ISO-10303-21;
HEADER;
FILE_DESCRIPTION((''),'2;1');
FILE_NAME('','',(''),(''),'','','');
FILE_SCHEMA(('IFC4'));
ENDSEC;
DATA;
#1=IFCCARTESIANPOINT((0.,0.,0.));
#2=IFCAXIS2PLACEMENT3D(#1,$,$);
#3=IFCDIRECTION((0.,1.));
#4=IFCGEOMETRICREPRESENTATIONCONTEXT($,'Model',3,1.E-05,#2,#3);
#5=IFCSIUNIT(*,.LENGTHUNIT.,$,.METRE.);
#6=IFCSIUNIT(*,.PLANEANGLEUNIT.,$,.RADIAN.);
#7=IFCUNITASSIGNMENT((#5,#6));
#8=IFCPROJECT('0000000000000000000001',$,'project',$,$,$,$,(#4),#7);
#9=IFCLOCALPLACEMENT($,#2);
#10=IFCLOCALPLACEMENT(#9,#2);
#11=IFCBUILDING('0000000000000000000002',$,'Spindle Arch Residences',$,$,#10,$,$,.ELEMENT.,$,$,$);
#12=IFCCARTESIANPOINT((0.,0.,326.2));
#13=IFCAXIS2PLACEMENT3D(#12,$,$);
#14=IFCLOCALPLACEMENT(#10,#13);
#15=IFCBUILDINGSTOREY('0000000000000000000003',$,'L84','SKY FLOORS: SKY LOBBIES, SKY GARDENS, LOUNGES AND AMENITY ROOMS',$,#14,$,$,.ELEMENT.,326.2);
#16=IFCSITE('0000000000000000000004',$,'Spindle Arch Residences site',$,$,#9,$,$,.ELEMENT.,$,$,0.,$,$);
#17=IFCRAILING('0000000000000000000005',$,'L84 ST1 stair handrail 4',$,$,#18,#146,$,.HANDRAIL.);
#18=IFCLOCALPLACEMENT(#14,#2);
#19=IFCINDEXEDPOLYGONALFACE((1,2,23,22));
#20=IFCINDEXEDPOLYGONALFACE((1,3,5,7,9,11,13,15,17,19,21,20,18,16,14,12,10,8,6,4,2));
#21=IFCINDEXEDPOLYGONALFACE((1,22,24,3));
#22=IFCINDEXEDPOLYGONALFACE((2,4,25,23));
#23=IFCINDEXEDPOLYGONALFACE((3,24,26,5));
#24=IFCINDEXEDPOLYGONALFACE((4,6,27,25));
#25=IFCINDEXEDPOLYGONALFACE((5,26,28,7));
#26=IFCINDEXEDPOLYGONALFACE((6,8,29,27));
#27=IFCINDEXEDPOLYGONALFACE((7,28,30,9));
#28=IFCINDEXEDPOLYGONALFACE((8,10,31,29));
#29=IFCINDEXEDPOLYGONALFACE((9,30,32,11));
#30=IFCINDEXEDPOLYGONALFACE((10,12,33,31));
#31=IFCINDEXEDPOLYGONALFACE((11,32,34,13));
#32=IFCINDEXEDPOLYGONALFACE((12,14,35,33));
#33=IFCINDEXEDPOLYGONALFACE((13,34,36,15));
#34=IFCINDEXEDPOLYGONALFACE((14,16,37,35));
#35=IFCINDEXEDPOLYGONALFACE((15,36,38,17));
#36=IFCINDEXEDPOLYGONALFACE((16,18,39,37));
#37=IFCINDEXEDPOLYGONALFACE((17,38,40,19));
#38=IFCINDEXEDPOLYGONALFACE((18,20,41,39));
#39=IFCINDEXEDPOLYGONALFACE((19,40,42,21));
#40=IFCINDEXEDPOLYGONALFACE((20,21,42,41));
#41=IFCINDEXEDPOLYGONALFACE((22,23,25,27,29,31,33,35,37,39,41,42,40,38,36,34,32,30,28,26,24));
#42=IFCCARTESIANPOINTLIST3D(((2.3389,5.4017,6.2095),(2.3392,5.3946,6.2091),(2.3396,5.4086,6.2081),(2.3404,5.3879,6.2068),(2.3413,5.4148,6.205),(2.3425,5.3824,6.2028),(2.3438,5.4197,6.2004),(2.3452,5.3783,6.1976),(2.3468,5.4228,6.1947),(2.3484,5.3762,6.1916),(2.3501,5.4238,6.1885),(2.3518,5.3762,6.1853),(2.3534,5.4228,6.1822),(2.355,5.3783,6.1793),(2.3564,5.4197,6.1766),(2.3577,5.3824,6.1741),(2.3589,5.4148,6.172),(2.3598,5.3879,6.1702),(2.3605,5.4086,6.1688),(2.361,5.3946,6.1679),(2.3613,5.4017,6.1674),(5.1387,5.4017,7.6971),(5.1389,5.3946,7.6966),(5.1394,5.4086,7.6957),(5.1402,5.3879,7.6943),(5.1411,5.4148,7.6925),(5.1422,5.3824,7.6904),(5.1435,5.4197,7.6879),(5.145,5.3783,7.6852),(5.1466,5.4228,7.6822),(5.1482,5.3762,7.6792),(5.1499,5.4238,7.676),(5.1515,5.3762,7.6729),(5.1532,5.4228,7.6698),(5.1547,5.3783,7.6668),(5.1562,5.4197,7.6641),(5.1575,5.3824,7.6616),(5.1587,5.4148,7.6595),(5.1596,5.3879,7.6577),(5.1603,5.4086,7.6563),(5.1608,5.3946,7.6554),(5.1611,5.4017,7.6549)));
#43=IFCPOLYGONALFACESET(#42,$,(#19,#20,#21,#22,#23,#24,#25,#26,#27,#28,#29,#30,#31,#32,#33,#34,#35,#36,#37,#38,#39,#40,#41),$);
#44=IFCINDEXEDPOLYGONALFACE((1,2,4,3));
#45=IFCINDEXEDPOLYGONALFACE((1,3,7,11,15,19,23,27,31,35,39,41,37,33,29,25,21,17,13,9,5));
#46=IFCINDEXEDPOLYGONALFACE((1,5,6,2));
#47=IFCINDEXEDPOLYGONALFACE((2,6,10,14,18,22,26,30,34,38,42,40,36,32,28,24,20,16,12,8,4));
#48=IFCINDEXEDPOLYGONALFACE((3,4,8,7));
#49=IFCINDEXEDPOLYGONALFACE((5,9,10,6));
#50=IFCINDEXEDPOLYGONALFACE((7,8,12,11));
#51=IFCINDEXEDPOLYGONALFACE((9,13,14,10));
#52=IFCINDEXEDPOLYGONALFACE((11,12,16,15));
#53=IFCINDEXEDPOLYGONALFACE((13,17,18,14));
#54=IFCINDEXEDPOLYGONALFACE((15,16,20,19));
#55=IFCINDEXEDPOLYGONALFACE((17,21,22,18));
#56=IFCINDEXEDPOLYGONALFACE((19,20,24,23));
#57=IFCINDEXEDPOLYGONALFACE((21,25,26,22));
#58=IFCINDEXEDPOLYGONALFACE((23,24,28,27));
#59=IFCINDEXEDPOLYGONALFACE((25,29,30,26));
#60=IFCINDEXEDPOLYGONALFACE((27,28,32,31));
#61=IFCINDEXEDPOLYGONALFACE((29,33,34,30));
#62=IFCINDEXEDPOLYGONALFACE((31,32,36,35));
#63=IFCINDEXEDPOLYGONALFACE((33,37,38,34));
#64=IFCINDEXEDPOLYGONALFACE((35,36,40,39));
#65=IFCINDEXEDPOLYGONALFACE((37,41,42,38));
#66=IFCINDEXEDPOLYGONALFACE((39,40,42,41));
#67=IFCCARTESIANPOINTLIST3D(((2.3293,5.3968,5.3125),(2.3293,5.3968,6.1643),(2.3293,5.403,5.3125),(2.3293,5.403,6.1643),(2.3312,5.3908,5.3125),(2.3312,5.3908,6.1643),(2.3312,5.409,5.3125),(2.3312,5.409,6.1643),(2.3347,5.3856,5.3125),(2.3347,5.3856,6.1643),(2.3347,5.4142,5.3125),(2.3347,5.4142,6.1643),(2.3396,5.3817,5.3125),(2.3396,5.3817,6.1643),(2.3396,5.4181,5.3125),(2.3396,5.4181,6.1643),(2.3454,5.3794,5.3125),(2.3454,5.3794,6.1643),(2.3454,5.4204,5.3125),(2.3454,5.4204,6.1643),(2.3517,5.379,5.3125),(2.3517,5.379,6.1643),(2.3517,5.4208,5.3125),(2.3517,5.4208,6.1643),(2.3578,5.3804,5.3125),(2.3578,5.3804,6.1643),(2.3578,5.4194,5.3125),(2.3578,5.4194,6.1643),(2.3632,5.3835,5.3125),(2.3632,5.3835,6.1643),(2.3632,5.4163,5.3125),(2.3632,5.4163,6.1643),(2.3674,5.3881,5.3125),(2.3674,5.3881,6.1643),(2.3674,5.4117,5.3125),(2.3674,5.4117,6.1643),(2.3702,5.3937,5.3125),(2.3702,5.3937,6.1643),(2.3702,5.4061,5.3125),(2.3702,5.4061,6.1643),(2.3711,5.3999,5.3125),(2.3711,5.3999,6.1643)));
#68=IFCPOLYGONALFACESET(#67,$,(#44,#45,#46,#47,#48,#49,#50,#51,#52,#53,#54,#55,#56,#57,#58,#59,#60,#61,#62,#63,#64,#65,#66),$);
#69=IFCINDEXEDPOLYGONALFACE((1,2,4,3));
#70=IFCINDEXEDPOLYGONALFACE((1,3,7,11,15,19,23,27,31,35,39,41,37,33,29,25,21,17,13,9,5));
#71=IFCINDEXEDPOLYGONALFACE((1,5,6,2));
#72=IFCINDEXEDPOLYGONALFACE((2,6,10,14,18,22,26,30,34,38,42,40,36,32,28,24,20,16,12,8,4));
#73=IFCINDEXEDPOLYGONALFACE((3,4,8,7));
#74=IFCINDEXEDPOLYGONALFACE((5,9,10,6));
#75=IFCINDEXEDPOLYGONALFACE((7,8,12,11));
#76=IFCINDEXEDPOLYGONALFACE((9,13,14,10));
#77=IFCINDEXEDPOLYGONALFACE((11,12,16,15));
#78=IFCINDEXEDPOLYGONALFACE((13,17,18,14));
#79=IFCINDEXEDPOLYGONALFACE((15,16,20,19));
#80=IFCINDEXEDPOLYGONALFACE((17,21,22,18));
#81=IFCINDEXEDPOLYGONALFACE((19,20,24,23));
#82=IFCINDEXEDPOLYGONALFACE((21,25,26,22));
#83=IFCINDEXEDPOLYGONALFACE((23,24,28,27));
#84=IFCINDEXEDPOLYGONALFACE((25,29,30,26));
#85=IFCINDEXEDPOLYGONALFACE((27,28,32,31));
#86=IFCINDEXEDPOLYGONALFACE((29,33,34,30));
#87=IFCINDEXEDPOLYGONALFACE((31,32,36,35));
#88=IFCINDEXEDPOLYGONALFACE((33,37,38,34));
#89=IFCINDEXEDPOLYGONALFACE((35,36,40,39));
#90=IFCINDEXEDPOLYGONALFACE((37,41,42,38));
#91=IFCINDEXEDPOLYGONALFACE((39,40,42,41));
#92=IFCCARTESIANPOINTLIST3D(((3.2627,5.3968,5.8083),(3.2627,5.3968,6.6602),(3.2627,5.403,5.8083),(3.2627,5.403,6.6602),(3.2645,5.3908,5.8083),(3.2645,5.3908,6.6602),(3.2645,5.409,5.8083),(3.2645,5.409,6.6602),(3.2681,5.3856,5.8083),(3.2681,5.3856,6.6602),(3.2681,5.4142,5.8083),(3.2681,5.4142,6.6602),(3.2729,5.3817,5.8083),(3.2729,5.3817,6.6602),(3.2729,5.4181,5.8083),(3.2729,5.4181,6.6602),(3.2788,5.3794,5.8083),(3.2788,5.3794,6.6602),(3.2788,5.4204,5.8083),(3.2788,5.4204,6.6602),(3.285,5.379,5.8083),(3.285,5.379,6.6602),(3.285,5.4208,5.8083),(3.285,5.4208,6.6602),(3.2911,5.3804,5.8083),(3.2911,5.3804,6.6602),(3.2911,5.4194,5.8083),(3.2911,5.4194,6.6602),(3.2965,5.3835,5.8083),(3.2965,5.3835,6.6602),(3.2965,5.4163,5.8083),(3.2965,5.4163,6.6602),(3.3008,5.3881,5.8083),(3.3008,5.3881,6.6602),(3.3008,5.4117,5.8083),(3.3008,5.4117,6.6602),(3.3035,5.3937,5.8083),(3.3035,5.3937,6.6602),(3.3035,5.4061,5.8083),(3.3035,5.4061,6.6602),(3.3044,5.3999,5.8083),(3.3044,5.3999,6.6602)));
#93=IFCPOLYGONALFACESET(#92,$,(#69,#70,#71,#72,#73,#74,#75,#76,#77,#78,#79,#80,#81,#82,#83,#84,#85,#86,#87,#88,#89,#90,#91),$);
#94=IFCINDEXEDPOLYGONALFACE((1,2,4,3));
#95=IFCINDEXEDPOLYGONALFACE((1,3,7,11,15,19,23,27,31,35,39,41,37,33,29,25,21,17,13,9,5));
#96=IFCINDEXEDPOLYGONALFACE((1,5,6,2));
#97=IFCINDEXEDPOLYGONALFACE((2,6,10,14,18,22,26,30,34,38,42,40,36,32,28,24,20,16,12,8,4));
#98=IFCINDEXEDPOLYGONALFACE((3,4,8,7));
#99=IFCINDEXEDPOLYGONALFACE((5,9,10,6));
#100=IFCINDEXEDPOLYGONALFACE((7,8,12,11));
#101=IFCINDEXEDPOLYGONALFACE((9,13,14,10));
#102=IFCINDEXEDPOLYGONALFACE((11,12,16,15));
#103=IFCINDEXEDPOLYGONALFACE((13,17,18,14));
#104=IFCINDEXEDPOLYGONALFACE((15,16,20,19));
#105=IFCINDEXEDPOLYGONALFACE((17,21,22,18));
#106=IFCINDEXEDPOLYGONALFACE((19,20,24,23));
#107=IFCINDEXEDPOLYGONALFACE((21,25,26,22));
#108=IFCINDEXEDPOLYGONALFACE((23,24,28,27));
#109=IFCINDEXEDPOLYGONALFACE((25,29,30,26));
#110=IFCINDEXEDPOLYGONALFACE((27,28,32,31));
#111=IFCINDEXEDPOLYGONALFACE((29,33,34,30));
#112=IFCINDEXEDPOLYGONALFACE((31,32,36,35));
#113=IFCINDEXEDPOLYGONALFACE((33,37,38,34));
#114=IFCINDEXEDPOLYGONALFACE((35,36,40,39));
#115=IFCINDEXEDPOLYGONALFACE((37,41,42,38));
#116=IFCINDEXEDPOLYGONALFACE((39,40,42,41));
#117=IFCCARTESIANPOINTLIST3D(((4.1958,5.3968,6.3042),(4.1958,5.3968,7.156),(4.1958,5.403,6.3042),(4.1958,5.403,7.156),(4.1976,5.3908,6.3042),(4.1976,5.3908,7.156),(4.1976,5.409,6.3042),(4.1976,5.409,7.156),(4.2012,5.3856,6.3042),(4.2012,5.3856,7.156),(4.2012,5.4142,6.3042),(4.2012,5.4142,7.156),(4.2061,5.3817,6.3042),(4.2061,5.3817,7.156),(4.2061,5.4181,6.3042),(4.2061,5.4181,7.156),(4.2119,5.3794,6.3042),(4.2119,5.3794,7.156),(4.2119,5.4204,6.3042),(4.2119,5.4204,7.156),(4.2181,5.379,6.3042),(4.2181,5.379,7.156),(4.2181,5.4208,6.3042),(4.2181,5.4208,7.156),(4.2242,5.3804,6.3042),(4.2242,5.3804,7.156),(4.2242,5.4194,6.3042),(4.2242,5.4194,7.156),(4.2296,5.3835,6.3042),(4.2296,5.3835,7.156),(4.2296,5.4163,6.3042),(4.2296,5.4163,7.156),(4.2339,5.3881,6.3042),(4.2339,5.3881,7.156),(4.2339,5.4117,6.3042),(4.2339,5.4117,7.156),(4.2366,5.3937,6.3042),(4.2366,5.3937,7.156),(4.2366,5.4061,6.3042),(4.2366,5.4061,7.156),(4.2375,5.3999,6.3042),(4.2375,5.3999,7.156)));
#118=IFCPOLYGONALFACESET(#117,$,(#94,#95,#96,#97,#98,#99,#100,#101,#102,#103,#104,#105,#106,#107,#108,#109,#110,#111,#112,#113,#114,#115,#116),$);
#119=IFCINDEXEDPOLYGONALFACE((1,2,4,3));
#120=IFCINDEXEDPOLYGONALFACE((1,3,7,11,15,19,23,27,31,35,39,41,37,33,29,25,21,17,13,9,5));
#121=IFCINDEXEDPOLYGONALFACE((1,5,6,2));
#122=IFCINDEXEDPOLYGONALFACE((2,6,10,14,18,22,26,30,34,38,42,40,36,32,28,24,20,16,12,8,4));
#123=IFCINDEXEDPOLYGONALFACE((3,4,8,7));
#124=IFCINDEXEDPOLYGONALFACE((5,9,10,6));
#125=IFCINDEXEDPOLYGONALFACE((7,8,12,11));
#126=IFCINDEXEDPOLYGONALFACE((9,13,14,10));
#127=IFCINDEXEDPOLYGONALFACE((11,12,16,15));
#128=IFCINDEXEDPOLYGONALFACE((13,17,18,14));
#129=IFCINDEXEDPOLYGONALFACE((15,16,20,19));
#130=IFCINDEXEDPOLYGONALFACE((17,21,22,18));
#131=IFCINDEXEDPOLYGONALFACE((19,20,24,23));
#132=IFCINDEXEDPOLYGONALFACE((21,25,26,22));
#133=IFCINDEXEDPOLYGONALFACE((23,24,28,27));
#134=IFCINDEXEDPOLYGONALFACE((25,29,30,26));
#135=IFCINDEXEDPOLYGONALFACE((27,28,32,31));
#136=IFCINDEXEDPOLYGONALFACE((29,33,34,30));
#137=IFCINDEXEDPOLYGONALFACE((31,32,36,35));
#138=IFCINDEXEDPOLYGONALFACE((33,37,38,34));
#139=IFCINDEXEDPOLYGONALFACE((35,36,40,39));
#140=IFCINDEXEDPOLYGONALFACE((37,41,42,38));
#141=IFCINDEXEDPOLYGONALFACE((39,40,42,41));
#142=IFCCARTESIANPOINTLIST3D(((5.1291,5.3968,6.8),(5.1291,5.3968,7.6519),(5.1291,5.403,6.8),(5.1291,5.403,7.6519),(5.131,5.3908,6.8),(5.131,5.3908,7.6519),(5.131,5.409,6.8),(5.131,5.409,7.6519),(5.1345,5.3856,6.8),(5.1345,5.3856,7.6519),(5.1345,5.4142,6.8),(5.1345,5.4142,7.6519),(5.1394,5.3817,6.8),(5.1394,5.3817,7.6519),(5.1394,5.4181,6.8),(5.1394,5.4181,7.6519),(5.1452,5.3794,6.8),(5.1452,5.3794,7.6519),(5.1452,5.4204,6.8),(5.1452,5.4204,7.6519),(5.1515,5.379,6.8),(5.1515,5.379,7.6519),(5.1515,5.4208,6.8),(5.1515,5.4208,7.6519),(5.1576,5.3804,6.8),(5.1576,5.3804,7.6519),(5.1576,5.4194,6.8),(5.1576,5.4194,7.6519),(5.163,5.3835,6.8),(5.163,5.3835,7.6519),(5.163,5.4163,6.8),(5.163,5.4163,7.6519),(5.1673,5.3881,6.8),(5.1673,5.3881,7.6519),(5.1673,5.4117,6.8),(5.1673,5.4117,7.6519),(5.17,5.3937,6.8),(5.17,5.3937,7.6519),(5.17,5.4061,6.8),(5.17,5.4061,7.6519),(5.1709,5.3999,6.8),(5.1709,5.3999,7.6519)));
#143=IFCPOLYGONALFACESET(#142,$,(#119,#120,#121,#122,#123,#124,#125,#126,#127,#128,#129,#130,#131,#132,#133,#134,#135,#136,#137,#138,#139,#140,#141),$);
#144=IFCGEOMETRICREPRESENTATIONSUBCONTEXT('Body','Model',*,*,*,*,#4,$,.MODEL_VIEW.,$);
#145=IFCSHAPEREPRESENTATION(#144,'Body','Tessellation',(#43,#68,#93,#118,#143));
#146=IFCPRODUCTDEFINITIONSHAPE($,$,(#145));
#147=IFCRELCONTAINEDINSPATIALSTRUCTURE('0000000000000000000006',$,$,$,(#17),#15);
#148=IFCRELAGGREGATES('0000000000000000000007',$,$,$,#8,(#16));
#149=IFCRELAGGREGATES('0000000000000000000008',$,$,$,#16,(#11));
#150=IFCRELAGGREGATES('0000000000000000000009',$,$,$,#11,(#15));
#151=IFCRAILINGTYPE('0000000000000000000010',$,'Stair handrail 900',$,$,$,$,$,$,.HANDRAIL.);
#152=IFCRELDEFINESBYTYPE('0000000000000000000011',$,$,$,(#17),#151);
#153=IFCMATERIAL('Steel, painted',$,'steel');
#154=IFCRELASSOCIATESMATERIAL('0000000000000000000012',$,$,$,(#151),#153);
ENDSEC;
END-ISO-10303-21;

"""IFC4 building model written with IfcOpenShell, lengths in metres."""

from ifc_helpers import new_model, si_unit, direction, frame, origin, origin_2d, place, context, subcontext, project, spatial, circle, extrude, material, type_object, element, save


model = new_model("IFC4")

# Units and contexts
model_context = context("Model", 3, precision=1e-05, world=origin(), true_north=direction((0.0, 1.0)))
body_context = subcontext(model_context, "Body", "Model", "MODEL_VIEW")
ifc_project = project(units=[si_unit("LENGTHUNIT", "METRE"), si_unit("PLANEANGLEUNIT", "RADIAN")], contexts=[model_context])

# Site, building, storey
site_placement = place(None, origin())
site = spatial("IfcSite", under=ifc_project, at=site_placement, Name="Spindle Arch Residences site", CompositionType="ELEMENT", RefElevation=0.0)
building_placement = place(site_placement, origin())
building = spatial("IfcBuilding", under=site, at=building_placement, Name="Spindle Arch Residences", CompositionType="ELEMENT")
storey_placement = place(building_placement, frame((0.0, 0.0, 326.2)))
storey = spatial("IfcBuildingStorey", under=building, at=storey_placement, Name="L84", Description="SKY FLOORS: SKY LOBBIES, SKY GARDENS, LOUNGES AND AMENITY ROOMS", CompositionType="ELEMENT", Elevation=326.2)

# Railing
ifc_material_1 = material(Name="Steel, painted", Category="steel")
railing_type_1 = type_object("IfcRailingType", Name="Stair handrail 900", PredefinedType="HANDRAIL", material=ifc_material_1)
railing_1_placement = place(storey_placement, frame((2.3501, 5.3999, 5.3125)))
element("IfcRailing", 1, at=railing_1_placement, inside=storey, type_object=railing_type_1, Name="L84 ST1 stair handrail 4", PredefinedType="HANDRAIL", context=body_context, shape_type="SweptSolid", body=[
    extrude(circle(Radius=0.0239, at=origin_2d()), frame((0.0, 0.0, 0.876), z_axis=(0.883096, 0.0, 0.469193), x_axis=(0.0, 1.0, 0.0)), (0.0, 0.0, 1.0), 3.1704),
    extrude(circle(Radius=0.021, at=origin_2d()), origin(), (0.0, 0.0, 1.0), 0.8518),
    extrude(circle(Radius=0.021, at=origin_2d()), frame((0.9333, 0.0, 0.4958)), (0.0, 0.0, 1.0), 0.8518),
    extrude(circle(Radius=0.021, at=origin_2d()), frame((1.8665, 0.0, 0.9917)), (0.0, 0.0, 1.0), 0.8518),
    extrude(circle(Radius=0.021, at=origin_2d()), frame((2.7998, 0.0, 1.4875)), (0.0, 0.0, 1.0), 0.8518),
])

save(model, "model.ifc")
